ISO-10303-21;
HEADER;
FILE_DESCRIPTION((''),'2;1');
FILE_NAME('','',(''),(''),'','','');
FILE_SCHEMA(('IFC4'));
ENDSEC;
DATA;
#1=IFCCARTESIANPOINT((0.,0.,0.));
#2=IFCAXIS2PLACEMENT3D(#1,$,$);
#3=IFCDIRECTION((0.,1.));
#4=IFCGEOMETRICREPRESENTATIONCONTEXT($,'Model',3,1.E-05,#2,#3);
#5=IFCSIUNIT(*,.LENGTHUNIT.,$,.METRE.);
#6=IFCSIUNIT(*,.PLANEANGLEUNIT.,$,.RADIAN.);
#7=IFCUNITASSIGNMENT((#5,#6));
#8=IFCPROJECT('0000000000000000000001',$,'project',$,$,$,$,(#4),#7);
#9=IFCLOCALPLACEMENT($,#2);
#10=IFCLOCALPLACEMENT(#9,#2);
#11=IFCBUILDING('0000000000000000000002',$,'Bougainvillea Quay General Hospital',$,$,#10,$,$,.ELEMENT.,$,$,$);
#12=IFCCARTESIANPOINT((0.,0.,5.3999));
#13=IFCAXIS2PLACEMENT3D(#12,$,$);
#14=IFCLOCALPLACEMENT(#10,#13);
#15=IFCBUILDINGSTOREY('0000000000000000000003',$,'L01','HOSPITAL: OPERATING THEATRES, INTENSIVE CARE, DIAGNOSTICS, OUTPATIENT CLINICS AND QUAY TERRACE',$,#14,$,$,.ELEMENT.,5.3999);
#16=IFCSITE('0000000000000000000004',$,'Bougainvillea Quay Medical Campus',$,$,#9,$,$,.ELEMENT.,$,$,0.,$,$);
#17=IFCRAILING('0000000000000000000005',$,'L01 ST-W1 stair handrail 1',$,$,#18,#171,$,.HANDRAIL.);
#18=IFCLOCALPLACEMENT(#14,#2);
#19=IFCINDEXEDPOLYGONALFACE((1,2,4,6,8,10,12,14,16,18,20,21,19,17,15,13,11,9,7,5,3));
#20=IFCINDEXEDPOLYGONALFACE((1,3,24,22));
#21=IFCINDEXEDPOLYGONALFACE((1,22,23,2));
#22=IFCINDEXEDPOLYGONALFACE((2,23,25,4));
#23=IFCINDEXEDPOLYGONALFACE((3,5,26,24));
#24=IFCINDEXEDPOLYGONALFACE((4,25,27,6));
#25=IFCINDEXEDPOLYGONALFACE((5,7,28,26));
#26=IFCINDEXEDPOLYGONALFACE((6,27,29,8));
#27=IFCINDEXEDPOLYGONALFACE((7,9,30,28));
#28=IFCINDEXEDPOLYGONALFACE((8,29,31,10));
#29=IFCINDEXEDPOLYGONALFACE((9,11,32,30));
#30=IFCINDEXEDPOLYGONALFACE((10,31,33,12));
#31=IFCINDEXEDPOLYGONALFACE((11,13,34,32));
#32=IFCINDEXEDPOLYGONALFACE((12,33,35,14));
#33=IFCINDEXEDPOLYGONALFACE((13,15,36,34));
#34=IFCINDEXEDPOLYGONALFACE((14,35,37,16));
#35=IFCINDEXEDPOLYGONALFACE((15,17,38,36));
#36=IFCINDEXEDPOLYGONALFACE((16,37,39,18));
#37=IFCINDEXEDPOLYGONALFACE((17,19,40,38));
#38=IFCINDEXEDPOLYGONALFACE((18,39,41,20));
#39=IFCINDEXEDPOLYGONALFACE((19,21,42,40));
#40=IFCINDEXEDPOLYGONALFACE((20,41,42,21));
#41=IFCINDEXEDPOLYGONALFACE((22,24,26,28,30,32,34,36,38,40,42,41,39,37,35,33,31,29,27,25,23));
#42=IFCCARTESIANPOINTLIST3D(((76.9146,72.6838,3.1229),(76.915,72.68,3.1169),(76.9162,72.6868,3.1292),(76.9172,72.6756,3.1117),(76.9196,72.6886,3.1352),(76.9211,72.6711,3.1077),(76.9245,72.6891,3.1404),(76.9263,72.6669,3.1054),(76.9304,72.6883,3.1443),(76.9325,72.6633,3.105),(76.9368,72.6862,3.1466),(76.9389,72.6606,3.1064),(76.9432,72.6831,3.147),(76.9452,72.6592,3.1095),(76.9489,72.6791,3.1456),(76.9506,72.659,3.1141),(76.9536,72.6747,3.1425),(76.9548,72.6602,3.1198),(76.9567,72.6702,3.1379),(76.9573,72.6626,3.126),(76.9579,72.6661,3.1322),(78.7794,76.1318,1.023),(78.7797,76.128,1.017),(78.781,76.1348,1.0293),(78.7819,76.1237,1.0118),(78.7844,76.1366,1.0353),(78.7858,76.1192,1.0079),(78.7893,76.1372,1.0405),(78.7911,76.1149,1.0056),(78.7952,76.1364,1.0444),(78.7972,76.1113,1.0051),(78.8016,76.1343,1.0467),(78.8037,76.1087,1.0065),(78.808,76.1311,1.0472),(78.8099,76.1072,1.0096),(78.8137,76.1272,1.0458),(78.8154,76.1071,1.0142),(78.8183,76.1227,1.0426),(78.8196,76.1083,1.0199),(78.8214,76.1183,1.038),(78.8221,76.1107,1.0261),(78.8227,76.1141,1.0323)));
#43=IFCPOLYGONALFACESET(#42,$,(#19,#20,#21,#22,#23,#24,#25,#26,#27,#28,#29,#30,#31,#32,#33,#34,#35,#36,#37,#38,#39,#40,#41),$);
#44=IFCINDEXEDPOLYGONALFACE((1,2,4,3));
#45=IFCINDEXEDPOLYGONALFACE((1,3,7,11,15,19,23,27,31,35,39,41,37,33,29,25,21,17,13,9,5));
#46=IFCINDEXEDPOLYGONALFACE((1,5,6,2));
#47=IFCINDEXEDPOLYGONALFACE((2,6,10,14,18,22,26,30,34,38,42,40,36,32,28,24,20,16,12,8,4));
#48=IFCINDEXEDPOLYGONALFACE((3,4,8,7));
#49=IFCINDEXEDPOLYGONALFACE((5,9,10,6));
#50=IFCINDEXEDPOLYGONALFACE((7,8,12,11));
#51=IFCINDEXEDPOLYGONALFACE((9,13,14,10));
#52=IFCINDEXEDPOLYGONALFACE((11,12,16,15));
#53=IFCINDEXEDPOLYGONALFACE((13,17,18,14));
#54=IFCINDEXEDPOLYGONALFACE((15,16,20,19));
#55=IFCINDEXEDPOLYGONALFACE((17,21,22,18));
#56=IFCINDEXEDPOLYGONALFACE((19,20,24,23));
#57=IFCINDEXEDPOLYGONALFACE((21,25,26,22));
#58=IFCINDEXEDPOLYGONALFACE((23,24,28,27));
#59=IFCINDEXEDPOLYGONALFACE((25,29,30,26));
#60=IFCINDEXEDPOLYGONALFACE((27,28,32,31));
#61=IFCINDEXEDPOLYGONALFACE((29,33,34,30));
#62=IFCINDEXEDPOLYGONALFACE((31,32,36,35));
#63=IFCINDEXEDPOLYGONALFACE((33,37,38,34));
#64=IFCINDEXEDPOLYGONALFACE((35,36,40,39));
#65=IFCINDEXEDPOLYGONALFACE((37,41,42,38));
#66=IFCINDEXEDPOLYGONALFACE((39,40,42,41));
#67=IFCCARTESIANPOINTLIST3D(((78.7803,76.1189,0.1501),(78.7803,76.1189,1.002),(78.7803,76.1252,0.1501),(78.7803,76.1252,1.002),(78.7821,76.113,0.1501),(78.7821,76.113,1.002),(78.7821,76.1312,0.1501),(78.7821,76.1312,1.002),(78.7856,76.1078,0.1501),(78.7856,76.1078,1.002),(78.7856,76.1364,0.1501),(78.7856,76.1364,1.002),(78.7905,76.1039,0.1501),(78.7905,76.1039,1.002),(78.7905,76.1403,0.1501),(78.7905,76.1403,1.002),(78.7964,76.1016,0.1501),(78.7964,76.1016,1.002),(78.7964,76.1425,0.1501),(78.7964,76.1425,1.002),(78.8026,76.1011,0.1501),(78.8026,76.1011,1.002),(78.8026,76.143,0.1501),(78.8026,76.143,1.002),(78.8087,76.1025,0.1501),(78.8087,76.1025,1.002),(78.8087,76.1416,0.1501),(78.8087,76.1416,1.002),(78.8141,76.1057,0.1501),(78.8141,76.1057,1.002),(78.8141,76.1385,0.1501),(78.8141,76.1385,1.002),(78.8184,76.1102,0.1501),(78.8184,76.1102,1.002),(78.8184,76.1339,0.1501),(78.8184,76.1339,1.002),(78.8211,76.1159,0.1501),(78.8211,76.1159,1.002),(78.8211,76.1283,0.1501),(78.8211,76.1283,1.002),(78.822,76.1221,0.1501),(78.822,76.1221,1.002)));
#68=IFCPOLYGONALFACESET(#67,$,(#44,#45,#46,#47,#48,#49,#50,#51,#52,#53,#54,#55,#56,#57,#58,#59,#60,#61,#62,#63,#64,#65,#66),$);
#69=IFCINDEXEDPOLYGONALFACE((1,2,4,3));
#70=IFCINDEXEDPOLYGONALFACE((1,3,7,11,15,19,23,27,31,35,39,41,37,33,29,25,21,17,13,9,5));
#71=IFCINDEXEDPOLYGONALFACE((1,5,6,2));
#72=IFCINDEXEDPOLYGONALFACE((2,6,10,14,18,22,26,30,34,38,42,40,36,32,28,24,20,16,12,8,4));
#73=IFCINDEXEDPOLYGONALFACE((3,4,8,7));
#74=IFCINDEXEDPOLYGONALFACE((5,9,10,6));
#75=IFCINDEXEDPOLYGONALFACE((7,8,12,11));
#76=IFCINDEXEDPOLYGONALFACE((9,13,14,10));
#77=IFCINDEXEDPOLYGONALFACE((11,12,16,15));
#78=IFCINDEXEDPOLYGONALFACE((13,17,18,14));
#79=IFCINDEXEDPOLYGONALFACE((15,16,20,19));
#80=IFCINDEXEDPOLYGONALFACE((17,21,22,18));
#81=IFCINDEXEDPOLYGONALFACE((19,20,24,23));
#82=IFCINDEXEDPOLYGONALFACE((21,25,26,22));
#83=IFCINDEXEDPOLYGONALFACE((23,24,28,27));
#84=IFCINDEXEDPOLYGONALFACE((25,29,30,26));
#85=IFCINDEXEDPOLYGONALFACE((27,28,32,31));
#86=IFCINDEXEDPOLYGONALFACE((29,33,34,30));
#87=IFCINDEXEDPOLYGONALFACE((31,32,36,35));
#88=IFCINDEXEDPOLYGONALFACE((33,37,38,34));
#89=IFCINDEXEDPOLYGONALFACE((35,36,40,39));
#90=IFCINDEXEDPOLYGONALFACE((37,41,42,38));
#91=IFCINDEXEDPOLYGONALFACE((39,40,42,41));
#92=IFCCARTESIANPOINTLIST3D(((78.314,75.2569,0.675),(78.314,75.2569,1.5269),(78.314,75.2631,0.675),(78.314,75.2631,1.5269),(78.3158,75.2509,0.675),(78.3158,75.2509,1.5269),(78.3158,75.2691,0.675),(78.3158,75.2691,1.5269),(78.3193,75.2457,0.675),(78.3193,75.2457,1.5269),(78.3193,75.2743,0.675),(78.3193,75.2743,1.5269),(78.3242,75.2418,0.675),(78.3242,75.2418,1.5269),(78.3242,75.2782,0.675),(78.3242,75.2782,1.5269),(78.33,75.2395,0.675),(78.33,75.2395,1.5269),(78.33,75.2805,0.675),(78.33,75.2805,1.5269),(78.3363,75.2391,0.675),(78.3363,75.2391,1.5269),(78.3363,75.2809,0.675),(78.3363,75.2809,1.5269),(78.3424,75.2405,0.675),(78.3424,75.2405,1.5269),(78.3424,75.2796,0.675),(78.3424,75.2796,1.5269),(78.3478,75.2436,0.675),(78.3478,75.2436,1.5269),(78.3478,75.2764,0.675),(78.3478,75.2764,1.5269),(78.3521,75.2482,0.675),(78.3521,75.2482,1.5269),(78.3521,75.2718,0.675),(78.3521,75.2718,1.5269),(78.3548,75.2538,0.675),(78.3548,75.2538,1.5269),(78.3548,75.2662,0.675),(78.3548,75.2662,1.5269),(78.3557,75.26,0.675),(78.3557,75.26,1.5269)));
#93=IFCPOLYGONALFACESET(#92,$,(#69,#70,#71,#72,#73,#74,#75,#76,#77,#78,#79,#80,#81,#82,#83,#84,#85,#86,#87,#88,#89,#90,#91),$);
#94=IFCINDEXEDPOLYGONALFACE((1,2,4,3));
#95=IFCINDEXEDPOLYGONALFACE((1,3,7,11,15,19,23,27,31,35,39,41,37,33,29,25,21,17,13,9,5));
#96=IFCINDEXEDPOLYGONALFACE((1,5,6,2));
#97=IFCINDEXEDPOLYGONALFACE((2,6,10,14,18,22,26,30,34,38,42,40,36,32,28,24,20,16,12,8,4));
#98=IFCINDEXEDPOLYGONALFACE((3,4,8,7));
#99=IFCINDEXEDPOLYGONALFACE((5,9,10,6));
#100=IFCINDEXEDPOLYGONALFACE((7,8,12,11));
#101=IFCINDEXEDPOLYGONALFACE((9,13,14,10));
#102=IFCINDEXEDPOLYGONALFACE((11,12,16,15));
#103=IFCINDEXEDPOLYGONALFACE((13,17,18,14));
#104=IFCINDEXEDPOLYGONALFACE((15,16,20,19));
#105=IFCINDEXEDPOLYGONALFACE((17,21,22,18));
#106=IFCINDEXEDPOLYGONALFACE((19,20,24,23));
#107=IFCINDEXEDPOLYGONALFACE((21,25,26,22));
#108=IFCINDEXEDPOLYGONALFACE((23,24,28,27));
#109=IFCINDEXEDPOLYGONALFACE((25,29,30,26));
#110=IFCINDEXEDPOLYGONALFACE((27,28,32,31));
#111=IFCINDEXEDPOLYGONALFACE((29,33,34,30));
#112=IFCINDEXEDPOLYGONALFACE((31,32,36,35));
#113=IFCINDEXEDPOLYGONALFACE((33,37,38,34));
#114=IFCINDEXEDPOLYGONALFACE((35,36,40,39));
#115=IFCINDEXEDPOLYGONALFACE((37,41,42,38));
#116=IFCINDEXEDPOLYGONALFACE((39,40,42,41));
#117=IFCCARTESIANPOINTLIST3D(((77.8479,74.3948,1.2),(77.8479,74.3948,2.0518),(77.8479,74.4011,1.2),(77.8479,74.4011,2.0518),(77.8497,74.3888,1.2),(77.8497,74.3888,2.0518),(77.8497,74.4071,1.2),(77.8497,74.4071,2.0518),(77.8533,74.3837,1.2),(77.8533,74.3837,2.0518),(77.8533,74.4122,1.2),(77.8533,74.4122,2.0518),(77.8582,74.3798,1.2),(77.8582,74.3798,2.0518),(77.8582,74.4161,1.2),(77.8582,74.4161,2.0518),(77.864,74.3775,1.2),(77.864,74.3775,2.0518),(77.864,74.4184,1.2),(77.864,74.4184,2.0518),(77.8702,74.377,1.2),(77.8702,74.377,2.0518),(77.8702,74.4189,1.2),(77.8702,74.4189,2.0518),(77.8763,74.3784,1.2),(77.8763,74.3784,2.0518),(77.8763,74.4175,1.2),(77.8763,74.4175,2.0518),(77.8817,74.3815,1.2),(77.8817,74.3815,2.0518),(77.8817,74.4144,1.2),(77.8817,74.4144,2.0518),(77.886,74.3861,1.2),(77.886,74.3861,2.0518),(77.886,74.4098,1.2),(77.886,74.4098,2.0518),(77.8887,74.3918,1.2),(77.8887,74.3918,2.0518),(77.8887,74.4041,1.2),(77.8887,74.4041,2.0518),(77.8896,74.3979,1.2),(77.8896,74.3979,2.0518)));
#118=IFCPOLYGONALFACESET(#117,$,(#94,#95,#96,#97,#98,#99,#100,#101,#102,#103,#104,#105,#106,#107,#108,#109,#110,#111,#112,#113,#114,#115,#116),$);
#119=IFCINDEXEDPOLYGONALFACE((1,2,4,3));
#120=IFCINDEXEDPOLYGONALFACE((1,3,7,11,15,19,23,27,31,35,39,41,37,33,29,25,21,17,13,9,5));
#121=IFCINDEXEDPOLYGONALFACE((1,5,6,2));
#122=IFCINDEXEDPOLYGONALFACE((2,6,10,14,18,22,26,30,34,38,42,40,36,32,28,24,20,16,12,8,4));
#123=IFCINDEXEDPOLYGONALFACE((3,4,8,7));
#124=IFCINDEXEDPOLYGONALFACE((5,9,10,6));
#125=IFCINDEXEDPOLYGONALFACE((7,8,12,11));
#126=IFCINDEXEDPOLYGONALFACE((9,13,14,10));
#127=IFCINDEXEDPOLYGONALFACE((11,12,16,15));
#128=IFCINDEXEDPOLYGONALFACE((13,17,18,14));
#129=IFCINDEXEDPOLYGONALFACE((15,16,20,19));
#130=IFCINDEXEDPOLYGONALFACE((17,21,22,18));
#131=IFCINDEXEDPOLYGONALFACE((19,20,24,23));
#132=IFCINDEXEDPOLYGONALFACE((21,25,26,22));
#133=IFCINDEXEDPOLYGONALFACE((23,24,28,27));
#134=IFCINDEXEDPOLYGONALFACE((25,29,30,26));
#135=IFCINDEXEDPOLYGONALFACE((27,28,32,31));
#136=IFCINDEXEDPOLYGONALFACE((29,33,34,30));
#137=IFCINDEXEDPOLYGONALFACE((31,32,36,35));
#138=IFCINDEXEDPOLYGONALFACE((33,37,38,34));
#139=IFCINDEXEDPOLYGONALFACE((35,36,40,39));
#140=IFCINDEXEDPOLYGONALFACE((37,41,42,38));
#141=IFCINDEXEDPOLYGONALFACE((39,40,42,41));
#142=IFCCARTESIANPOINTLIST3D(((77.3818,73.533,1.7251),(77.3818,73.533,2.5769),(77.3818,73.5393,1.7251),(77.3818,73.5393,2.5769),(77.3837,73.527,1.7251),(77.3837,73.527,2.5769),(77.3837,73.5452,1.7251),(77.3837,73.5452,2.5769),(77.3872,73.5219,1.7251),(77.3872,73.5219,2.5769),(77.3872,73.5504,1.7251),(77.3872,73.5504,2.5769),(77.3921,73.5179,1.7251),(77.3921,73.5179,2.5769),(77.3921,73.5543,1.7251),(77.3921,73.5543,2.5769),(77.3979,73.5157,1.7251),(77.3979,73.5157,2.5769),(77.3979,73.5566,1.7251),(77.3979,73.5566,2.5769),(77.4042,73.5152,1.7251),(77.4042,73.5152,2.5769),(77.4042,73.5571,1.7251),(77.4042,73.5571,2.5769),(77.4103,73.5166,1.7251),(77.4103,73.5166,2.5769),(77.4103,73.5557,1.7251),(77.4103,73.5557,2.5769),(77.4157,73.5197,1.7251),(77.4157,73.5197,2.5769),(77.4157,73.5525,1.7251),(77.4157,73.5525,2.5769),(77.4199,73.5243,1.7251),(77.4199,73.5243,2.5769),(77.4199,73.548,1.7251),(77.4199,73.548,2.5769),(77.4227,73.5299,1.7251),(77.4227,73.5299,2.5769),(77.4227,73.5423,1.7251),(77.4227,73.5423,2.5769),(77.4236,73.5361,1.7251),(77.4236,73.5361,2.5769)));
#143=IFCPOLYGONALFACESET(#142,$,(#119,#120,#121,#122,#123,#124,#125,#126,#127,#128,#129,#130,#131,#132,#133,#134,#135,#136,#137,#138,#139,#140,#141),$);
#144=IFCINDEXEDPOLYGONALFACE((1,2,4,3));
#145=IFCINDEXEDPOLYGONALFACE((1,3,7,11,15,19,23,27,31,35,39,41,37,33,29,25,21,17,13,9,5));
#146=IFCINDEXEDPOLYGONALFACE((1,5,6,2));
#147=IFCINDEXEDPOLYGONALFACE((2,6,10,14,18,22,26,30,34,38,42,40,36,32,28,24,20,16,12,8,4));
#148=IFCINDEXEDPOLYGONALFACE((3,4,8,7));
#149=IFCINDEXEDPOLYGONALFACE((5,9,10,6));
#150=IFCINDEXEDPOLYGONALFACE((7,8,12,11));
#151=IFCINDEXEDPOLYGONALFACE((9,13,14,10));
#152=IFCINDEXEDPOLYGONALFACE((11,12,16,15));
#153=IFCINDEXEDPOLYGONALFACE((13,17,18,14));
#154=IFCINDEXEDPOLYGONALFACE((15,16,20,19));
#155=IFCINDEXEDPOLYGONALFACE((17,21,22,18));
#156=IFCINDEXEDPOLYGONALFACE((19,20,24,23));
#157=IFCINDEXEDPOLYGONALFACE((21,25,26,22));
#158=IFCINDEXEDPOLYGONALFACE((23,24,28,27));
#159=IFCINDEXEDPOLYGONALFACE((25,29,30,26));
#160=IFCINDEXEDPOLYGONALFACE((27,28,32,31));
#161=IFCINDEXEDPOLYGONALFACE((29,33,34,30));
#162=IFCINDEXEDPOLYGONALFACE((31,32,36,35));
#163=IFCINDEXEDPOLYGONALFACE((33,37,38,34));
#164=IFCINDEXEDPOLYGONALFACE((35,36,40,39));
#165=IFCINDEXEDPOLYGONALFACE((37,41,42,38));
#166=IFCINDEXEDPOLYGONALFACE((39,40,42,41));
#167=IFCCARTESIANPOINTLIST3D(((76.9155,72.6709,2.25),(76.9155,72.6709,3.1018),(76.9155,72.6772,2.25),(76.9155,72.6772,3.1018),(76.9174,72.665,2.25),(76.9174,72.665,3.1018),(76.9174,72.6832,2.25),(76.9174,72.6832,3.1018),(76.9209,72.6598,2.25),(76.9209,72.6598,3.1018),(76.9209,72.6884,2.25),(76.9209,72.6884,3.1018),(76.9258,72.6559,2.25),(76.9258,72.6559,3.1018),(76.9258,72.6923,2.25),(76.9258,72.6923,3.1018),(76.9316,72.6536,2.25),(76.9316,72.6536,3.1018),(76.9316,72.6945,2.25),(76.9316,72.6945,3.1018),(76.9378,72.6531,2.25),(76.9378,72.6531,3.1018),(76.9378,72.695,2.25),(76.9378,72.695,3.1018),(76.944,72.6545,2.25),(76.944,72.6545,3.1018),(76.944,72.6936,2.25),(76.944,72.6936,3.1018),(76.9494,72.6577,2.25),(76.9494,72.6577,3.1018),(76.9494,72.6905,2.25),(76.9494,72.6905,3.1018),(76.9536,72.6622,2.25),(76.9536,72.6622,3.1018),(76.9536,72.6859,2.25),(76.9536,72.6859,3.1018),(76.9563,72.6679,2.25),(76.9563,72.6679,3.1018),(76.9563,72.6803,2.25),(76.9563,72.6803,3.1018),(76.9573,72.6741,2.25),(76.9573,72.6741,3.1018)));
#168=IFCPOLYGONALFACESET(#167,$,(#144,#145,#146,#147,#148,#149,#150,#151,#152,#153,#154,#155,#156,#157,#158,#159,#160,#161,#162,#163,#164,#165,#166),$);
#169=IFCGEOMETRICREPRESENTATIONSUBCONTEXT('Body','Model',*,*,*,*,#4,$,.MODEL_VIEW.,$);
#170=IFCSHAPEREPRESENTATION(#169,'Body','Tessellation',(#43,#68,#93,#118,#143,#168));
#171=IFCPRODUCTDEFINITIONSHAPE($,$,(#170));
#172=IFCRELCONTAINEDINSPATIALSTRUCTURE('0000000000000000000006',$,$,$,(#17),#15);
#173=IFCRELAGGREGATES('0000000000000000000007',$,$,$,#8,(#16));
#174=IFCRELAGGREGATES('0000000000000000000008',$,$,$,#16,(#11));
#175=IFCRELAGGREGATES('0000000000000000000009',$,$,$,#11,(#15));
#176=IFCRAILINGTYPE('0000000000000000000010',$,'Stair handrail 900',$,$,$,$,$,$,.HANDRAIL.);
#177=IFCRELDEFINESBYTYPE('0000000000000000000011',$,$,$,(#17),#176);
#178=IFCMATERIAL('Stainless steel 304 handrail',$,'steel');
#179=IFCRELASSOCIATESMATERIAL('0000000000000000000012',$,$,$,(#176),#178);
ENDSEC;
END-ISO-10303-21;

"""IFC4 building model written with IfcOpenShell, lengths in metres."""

from ifc_helpers import new_model, si_unit, direction, frame, origin, origin_2d, place, context, subcontext, project, spatial, circle, extrude, material, type_object, element, save


model = new_model("IFC4")

# Units and contexts
model_context = context("Model", 3, precision=1e-05, world=origin(), true_north=direction((0.0, 1.0)))
body_context = subcontext(model_context, "Body", "Model", "MODEL_VIEW")
ifc_project = project(units=[si_unit("LENGTHUNIT", "METRE"), si_unit("PLANEANGLEUNIT", "RADIAN")], contexts=[model_context])

# Site, building, storey
site_placement = place(None, origin())
site = spatial("IfcSite", under=ifc_project, at=site_placement, Name="Bougainvillea Quay Medical Campus", CompositionType="ELEMENT", RefElevation=0.0)
building_placement = place(site_placement, origin())
building = spatial("IfcBuilding", under=site, at=building_placement, Name="Bougainvillea Quay General Hospital", CompositionType="ELEMENT")
storey_placement = place(building_placement, frame((0.0, 0.0, 5.3999)))
storey = spatial("IfcBuildingStorey", under=building, at=storey_placement, Name="L01", Description="HOSPITAL: OPERATING THEATRES, INTENSIVE CARE, DIAGNOSTICS, OUTPATIENT CLINICS AND QUAY TERRACE", CompositionType="ELEMENT", Elevation=5.3999)

# Railing
ifc_material_1 = material(Name="Stainless steel 304 handrail", Category="steel")
railing_type_1 = type_object("IfcRailingType", Name="Stair handrail 900", PredefinedType="HANDRAIL", material=ifc_material_1)
railing_1_placement = place(storey_placement, frame((78.801, 76.1221, 0.1501)))
element("IfcRailing", 1, at=railing_1_placement, inside=storey, type_object=railing_type_1, Name="L01 ST-W1 stair handrail 1", PredefinedType="HANDRAIL", context=body_context, shape_type="SweptSolid", body=[
    extrude(circle(Radius=0.0239, at=origin_2d()), frame((0.0, 0.0, 0.876), z_axis=(-0.419332, -0.775363, 0.472201), x_axis=(0.879604, -0.475707, 0.0)), (0.0, 0.0, 1.0), 4.447),
    extrude(circle(Radius=0.021, at=origin_2d()), origin(), (0.0, 0.0, 1.0), 0.8518),
    extrude(circle(Radius=0.021, at=origin_2d()), frame((-0.4663, -0.8621, 0.5249)), (0.0, 0.0, 1.0), 0.8518),
    extrude(circle(Radius=0.021, at=origin_2d()), frame((-0.9324, -1.7241, 1.0498)), (0.0, 0.0, 1.0), 0.8518),
    extrude(circle(Radius=0.021, at=origin_2d()), frame((-1.3984, -2.5859, 1.575)), (0.0, 0.0, 1.0), 0.8518),
    extrude(circle(Radius=0.021, at=origin_2d()), frame((-1.8647, -3.448, 2.0999)), (0.0, 0.0, 1.0), 0.8518),
])

save(model, "model.ifc")
